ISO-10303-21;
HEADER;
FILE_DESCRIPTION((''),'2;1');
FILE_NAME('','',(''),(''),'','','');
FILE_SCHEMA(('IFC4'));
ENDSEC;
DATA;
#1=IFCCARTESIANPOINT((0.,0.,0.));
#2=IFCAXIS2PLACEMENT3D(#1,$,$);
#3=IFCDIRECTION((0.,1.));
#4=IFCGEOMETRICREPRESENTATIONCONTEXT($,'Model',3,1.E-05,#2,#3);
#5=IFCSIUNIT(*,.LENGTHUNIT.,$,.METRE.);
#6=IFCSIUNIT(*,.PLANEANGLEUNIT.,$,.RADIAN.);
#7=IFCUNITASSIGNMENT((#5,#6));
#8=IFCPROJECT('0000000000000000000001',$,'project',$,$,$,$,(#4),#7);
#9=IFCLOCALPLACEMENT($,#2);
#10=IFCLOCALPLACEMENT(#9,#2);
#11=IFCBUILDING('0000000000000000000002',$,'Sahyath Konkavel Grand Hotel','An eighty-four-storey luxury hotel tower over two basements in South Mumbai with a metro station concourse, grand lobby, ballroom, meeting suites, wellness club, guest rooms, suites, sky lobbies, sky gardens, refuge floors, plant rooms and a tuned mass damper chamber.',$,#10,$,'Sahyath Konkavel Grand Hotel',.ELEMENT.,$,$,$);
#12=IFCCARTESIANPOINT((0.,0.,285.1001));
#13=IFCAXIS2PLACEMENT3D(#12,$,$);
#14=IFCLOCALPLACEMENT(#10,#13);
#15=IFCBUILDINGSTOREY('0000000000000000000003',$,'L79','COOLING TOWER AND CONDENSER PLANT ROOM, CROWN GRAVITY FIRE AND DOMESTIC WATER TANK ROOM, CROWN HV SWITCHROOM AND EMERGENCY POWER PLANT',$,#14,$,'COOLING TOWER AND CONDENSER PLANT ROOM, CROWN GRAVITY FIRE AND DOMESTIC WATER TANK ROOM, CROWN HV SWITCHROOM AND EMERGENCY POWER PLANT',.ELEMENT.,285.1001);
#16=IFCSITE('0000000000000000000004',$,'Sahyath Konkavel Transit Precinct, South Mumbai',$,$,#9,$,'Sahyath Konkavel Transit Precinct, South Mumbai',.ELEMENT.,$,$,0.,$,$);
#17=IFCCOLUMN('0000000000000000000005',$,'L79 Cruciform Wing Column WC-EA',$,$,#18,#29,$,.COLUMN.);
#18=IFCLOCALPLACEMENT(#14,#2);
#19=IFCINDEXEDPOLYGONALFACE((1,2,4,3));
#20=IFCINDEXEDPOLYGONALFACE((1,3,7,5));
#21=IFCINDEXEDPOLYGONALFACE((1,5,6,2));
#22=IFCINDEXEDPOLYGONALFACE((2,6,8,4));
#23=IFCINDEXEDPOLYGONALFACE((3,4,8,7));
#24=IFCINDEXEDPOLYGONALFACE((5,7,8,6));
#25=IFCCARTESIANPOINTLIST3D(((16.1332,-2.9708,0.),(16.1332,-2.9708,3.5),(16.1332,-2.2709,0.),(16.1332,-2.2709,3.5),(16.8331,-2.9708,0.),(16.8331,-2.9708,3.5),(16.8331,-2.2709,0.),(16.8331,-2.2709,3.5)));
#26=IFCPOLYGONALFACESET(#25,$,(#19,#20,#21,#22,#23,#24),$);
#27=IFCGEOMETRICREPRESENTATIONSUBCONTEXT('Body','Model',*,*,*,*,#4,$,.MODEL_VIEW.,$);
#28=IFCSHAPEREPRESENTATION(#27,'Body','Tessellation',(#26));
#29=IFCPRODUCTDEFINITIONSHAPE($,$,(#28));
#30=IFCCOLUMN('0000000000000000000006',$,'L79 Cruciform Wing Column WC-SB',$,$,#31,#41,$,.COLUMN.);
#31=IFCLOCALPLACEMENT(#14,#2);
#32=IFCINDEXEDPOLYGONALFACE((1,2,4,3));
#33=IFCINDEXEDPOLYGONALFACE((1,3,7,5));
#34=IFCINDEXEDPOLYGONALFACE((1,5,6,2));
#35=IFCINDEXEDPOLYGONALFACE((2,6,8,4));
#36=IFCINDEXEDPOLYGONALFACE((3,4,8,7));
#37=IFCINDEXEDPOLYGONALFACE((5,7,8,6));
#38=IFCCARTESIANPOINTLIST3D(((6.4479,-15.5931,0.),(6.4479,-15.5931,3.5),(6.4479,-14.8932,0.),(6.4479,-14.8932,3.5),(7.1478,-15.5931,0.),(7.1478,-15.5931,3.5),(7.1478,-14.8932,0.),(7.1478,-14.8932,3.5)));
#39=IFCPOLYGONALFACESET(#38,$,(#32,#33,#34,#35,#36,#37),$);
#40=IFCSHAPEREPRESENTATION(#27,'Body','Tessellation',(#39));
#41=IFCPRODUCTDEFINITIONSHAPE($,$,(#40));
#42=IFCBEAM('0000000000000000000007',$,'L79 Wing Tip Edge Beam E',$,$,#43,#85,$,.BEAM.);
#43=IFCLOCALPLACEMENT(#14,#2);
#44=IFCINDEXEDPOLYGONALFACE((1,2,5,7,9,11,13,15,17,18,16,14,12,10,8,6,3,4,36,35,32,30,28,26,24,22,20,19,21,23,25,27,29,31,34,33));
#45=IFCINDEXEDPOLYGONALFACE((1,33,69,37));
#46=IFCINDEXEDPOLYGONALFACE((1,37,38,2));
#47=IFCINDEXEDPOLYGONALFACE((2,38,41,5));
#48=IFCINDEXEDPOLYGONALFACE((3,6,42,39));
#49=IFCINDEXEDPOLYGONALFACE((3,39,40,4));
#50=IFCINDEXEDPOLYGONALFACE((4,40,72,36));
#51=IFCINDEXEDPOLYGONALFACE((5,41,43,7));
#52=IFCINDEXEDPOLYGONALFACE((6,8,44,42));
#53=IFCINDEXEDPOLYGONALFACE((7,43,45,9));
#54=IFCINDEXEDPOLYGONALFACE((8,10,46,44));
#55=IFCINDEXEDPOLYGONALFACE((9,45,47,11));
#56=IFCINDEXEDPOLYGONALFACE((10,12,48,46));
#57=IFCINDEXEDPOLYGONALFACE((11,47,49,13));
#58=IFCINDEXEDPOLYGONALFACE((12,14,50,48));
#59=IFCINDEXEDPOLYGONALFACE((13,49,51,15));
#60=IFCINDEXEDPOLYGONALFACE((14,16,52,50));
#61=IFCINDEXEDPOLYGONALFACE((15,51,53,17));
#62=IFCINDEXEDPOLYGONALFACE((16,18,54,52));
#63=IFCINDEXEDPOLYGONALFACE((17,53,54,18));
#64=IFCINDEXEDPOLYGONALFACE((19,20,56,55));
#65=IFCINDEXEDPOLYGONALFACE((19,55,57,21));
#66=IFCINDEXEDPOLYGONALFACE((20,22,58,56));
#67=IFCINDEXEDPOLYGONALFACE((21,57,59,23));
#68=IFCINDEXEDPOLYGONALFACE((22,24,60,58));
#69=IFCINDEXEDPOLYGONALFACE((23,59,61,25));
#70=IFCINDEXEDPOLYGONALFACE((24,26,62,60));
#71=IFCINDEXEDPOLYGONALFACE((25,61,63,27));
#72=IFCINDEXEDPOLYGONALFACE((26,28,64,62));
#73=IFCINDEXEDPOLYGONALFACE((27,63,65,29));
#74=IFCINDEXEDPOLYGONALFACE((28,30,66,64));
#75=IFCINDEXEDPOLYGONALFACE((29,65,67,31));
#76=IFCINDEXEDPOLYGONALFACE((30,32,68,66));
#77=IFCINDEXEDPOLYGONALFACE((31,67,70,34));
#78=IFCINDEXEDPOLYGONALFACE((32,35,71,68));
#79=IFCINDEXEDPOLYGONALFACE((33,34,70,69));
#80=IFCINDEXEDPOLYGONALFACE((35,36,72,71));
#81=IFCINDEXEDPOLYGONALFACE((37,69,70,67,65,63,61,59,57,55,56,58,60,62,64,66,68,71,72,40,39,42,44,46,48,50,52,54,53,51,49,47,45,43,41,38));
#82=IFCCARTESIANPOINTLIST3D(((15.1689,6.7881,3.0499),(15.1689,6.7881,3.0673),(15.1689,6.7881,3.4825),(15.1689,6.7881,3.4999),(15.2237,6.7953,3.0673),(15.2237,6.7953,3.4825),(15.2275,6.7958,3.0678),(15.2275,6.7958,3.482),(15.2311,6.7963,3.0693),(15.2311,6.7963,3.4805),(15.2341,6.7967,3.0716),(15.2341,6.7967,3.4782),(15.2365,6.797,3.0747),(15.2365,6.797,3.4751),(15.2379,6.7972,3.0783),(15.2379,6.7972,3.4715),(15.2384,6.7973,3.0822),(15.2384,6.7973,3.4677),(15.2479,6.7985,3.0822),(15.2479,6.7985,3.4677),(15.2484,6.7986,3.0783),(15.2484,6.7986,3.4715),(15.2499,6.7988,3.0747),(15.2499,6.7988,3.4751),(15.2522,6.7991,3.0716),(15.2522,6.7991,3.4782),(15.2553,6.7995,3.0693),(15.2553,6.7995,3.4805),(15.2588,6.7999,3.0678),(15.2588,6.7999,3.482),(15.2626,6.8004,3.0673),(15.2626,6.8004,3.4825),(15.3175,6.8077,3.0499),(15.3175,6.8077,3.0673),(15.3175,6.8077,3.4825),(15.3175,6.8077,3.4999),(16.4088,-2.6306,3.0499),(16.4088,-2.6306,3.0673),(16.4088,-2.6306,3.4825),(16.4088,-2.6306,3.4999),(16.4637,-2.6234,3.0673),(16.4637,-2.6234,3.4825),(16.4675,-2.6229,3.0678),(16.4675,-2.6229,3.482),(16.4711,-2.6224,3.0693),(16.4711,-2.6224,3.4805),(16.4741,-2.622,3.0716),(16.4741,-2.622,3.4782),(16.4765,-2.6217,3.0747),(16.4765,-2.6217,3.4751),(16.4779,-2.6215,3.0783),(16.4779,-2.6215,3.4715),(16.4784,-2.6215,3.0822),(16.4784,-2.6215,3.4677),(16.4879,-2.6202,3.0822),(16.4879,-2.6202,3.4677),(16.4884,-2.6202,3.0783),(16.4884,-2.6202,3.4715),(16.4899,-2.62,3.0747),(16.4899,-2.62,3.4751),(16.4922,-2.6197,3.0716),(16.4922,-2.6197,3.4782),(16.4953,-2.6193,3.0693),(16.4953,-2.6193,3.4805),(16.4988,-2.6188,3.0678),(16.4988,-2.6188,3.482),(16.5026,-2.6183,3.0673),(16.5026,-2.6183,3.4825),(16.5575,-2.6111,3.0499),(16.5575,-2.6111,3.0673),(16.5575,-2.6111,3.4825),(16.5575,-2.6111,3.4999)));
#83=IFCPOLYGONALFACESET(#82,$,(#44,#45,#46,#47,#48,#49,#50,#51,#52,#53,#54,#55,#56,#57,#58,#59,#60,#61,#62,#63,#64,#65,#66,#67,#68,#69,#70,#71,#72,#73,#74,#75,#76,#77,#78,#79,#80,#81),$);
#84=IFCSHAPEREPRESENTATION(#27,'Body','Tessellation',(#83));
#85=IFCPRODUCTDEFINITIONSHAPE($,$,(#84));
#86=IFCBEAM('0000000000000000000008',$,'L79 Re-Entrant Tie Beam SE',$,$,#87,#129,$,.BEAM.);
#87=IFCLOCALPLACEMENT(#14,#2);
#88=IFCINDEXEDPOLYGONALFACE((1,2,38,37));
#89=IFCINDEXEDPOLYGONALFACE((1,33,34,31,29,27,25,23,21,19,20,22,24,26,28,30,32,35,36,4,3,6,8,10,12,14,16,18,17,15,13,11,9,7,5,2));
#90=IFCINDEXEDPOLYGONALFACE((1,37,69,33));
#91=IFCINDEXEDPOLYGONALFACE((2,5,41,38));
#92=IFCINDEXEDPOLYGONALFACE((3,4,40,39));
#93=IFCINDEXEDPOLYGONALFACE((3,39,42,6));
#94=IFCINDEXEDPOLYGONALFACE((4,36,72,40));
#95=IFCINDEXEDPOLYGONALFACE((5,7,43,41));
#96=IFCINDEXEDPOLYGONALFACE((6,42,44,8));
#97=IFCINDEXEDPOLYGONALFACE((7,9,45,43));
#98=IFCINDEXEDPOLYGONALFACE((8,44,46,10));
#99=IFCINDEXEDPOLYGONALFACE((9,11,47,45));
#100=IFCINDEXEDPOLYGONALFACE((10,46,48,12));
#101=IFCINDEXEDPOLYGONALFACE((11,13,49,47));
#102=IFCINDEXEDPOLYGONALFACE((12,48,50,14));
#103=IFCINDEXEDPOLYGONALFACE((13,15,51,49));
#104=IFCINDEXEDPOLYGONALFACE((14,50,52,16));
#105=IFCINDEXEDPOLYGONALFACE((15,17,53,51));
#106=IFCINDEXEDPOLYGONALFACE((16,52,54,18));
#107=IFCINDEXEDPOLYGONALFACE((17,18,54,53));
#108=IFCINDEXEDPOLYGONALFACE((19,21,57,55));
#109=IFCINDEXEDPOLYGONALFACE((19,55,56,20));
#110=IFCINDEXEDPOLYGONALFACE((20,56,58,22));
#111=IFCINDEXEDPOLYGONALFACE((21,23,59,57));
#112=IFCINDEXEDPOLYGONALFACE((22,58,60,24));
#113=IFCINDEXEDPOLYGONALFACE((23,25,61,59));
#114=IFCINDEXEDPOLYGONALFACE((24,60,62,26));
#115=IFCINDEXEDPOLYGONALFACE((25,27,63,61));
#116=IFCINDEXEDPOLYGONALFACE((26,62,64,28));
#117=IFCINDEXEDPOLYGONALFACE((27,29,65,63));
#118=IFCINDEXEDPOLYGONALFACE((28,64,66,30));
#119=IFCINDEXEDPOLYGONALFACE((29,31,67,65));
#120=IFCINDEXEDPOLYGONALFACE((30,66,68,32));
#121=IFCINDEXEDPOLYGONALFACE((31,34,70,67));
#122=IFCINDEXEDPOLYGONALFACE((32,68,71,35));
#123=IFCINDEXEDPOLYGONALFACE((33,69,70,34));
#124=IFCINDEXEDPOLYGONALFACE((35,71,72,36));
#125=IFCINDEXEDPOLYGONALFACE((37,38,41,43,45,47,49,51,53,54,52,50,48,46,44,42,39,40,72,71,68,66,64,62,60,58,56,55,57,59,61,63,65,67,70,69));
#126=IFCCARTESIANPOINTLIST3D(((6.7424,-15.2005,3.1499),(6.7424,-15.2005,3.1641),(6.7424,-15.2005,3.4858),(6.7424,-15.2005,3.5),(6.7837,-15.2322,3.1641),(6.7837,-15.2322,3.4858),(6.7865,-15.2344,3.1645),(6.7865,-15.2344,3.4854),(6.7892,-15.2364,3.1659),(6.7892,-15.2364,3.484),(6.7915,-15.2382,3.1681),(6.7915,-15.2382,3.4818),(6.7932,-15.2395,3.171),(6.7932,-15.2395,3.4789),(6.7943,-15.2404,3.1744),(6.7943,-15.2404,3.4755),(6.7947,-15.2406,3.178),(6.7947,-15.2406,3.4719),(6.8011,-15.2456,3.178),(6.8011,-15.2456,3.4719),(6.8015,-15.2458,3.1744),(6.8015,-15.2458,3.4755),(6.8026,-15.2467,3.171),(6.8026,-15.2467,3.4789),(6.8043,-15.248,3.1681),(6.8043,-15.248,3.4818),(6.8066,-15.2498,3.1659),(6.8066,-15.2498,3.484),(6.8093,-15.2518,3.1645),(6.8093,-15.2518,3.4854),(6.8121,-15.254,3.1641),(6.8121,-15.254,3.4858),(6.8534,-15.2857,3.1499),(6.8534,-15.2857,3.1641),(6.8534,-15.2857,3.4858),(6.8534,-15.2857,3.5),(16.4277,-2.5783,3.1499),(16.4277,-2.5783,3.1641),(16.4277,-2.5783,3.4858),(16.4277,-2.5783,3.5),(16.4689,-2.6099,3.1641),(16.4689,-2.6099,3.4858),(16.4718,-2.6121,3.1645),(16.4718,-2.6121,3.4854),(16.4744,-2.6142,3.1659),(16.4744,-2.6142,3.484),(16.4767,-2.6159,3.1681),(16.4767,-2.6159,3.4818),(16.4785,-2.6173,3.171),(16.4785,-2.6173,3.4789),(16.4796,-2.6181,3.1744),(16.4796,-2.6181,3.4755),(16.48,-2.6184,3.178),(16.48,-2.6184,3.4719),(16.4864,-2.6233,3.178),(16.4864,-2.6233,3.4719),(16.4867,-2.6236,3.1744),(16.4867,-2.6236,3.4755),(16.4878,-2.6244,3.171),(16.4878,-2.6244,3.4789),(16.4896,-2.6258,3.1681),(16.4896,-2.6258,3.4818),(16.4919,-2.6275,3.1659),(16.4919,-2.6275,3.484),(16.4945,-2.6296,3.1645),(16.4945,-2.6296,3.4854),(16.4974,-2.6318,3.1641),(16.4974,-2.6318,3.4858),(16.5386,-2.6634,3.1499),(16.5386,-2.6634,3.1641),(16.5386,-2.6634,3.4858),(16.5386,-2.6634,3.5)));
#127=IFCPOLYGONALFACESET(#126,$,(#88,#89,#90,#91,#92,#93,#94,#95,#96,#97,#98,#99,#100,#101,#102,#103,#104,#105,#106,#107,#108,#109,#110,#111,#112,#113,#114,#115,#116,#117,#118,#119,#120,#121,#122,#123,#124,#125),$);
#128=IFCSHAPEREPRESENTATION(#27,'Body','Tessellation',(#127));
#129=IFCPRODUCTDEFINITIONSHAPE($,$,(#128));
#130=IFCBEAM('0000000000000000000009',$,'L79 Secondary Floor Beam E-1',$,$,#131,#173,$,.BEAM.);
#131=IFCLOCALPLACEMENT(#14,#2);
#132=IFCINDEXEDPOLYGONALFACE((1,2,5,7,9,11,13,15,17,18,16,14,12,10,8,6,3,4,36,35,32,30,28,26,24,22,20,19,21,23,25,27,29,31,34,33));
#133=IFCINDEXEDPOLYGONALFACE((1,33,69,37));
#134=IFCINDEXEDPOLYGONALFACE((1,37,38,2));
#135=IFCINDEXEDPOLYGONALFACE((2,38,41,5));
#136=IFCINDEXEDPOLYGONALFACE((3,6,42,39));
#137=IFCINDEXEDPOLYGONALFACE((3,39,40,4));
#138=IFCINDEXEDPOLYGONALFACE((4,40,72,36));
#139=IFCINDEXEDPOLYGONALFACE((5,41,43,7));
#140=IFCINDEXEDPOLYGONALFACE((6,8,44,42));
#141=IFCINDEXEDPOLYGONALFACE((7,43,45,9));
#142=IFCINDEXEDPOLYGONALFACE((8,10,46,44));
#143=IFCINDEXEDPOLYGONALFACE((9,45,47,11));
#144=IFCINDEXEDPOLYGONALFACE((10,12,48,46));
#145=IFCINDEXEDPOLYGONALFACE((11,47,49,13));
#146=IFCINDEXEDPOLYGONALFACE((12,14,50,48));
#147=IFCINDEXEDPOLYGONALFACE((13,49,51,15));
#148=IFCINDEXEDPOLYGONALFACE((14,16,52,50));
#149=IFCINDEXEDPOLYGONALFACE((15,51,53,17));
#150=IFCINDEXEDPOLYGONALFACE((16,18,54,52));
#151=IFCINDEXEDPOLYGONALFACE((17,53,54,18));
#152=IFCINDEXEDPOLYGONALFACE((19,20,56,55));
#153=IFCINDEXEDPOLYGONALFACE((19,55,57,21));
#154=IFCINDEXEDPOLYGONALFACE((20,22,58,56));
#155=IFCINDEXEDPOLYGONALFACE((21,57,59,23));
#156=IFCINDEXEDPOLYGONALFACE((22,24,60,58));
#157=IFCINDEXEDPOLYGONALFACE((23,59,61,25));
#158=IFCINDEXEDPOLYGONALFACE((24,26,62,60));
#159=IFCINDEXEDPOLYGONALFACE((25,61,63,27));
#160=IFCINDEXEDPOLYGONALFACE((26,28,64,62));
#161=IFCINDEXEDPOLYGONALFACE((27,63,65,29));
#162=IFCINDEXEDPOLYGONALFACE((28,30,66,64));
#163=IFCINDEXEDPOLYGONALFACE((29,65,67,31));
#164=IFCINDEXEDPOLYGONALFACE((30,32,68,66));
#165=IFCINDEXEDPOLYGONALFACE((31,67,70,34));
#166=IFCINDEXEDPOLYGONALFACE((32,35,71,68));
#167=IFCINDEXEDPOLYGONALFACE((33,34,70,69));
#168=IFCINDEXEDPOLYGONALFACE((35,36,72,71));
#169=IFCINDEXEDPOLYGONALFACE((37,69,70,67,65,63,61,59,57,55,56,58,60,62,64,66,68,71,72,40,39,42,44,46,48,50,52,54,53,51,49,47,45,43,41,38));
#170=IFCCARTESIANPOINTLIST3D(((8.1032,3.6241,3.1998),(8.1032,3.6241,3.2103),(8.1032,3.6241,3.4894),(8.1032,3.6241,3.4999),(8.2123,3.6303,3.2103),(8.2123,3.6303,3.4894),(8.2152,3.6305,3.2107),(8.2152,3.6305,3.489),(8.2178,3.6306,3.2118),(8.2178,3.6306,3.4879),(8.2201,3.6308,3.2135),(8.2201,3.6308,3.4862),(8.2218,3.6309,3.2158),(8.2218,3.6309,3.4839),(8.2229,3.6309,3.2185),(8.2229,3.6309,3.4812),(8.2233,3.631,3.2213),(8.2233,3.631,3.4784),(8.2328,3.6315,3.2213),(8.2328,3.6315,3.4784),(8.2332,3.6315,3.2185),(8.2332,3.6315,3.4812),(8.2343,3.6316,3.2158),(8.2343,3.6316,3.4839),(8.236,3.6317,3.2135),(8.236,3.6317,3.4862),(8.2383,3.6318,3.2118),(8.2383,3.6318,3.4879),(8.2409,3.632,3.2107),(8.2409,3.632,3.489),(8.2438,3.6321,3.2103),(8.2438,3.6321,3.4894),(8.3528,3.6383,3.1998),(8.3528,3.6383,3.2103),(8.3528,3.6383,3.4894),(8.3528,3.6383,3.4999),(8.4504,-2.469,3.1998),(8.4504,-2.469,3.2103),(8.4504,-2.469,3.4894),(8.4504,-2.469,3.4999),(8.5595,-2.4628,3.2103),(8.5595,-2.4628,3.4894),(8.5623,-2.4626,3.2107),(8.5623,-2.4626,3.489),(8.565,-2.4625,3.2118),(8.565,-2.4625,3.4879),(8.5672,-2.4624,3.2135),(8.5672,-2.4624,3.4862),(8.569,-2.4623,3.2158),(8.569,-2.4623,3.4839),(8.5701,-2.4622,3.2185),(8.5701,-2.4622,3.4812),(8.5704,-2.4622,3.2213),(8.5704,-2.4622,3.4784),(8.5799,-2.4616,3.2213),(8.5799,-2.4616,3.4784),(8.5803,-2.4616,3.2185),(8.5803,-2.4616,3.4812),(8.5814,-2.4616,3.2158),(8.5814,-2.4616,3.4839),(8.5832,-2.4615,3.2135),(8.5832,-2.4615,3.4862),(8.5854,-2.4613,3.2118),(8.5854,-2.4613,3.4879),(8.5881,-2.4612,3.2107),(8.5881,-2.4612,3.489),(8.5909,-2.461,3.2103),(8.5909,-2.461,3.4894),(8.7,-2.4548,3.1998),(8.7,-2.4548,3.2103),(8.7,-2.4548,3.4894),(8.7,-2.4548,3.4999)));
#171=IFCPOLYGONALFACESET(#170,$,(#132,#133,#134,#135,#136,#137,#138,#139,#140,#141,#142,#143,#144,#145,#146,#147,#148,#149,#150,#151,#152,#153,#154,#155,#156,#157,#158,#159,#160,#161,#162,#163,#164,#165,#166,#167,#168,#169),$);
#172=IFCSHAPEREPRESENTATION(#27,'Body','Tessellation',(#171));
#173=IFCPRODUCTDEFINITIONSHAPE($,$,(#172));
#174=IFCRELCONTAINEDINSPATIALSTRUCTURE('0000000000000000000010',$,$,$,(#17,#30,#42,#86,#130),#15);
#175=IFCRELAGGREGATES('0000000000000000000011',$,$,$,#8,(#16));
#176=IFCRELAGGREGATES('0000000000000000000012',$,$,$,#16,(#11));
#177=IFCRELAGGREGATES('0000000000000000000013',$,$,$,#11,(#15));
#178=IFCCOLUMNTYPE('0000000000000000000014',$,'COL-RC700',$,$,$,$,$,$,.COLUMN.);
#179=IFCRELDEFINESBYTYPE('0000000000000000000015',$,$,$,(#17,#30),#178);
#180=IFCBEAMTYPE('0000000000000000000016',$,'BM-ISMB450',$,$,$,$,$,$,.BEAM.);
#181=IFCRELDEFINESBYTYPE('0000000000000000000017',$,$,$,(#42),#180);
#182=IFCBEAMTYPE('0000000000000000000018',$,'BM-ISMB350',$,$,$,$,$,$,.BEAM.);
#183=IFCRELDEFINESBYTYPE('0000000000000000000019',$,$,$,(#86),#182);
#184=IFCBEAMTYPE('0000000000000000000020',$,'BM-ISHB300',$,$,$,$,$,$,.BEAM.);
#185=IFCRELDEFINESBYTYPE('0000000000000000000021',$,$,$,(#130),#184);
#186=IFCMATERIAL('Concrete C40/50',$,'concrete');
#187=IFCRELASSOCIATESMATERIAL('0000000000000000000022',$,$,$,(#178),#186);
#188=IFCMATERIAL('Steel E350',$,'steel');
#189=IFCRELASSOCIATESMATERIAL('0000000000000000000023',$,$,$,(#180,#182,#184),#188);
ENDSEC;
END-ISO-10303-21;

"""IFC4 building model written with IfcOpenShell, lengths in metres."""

from ifc_helpers import new_model, si_unit, direction, frame, origin, origin_2d, place, context, subcontext, project, spatial, rectangle, i_section, extrude, source, transform, mapped, material, material_profile, profile_set, type_object, element, save


model = new_model("IFC4")

# Units and contexts
model_context = context("Model", 3, precision=1e-05, world=origin(), true_north=direction((0.0, 1.0)))
body_context = subcontext(model_context, "Body", "Model", "MODEL_VIEW")
ifc_project = project(units=[si_unit("LENGTHUNIT", "METRE"), si_unit("PLANEANGLEUNIT", "RADIAN")], contexts=[model_context])

# Site, building, storey
site_placement = place(None, origin())
site = spatial("IfcSite", under=ifc_project, at=site_placement, Name="Sahyath Konkavel Transit Precinct, South Mumbai", LongName="Sahyath Konkavel Transit Precinct, South Mumbai", CompositionType="ELEMENT", RefElevation=0.0)
building_placement = place(site_placement, origin())
building = spatial("IfcBuilding", under=site, at=building_placement, Name="Sahyath Konkavel Grand Hotel", Description="An eighty-four-storey luxury hotel tower over two basements in South Mumbai with a metro station concourse, grand lobby, ballroom, meeting suites, wellness club, guest rooms, suites, sky lobbies, sky gardens, refuge floors, plant rooms and a tuned mass damper chamber.", LongName="Sahyath Konkavel Grand Hotel", CompositionType="ELEMENT")
storey_placement = place(building_placement, frame((0.0, 0.0, 285.1001)))
storey = spatial("IfcBuildingStorey", under=building, at=storey_placement, Name="L79", Description="COOLING TOWER AND CONDENSER PLANT ROOM, CROWN GRAVITY FIRE AND DOMESTIC WATER TANK ROOM, CROWN HV SWITCHROOM AND EMERGENCY POWER PLANT", LongName="COOLING TOWER AND CONDENSER PLANT ROOM, CROWN GRAVITY FIRE AND DOMESTIC WATER TANK ROOM, CROWN HV SWITCHROOM AND EMERGENCY POWER PLANT", CompositionType="ELEMENT", Elevation=285.1001)

# Columns
ifc_material_1 = material(Name="Concrete C40/50", Category="concrete")
ifc_material_profile_1 = material_profile(ifc_material_1, rectangle(XDim=0.7, YDim=0.7, at=origin_2d()), Name="RC 700x700")
ifc_profile_set_1 = profile_set([ifc_material_profile_1], Name="Concrete C40/50")
column_type = type_object("IfcColumnType", Name="COL-RC700", PredefinedType="COLUMN", material=ifc_profile_set_1)
shared_shape_1 = source(origin(), body_context, "Body", "SweptSolid", [
    extrude(rectangle(XDim=0.7, YDim=0.7, at=origin_2d()), origin(), (0.0, 0.0, 1.0), 3.5),
])
for number, where, z_axis, x_axis, name in (
    (1, (16.4832, -2.6208, 0.0), (0.0, 0.0, 1.0), (1.0, 0.0, 0.0), "L79 Cruciform Wing Column WC-EA"),
    (2, (6.7979, -15.2432, 0.0), (0.0, 0.0, 1.0), (1.0, 0.0, 0.0), "L79 Cruciform Wing Column WC-SB"),
):
    element("IfcColumn", number, at=place(storey_placement, frame(where, z_axis=z_axis, x_axis=x_axis)), inside=storey, type_object=column_type, Name=name, PredefinedType="COLUMN", context=body_context, shape_type="MappedRepresentation", body=[
        mapped(shared_shape_1, transform((0.0, 0.0, 0.0), scale=1.0)),
    ])

# Beams
ifc_material_2 = material(Name="Steel E350", Category="steel")
ifc_material_profile_2 = material_profile(ifc_material_2, i_section(OverallWidth=0.1499, OverallDepth=0.45, WebThickness=0.0095, FlangeThickness=0.0173, FilletRadius=0.0149, at=origin_2d()), Name="ISMB 450")
ifc_profile_set_2 = profile_set([ifc_material_profile_2], Name="Steel E350")
beam_type_1 = type_object("IfcBeamType", Name="BM-ISMB450", PredefinedType="BEAM", material=ifc_profile_set_2)
shared_shape_2 = source(origin(), body_context, "Body", "SweptSolid", [
    extrude(i_section(OverallWidth=0.1499, OverallDepth=0.45, WebThickness=0.0095, FlangeThickness=0.0173, FilletRadius=0.0149, at=origin_2d()), origin(), (0.0, 0.0, 1.0), 9.5),
])
beam_1_placement = place(storey_placement, frame((16.4832, -2.6208, 3.2749), z_axis=(-0.130526, 0.991445, 0.0), x_axis=(-0.991445, -0.130526, 0.0)))
element("IfcBeam", 3, at=beam_1_placement, inside=storey, type_object=beam_type_1, Name="L79 Wing Tip Edge Beam E", PredefinedType="BEAM", context=body_context, shape_type="MappedRepresentation", body=[
    mapped(shared_shape_2, transform((0.0, 0.0, 0.0), scale=1.0)),
])
ifc_material_profile_3 = material_profile(ifc_material_2, i_section(OverallWidth=0.1399, OverallDepth=0.3501, WebThickness=0.0081, FlangeThickness=0.0142, FilletRadius=0.0139, at=origin_2d()), Name="ISMB 350")
ifc_profile_set_3 = profile_set([ifc_material_profile_3], Name="Steel E350")
beam_type_2 = type_object("IfcBeamType", Name="BM-ISMB350", PredefinedType="BEAM", material=ifc_profile_set_3)
shared_shape_3 = source(origin(), body_context, "Body", "SweptSolid", [
    extrude(i_section(OverallWidth=0.1399, OverallDepth=0.3501, WebThickness=0.0081, FlangeThickness=0.0142, FilletRadius=0.0139, at=origin_2d()), origin(), (0.0, 0.0, 1.0), 15.9099),
])
beam_2_placement = place(storey_placement, frame((16.4832, -2.6208, 3.325), z_axis=(-0.608756, -0.793358, 0.0), x_axis=(0.793358, -0.608756, 0.0)))
element("IfcBeam", 4, at=beam_2_placement, inside=storey, type_object=beam_type_2, Name="L79 Re-Entrant Tie Beam SE", PredefinedType="BEAM", context=body_context, shape_type="MappedRepresentation", body=[
    mapped(shared_shape_3, transform((0.0, 0.0, 0.0), scale=1.0)),
])
ifc_material_profile_4 = material_profile(ifc_material_2, i_section(OverallWidth=0.25, OverallDepth=0.3, WebThickness=0.0095, FlangeThickness=0.0105, FilletRadius=0.011, at=origin_2d()), Name="ISHB 300")
ifc_profile_set_4 = profile_set([ifc_material_profile_4], Name="Steel E350")
beam_type_3 = type_object("IfcBeamType", Name="BM-ISHB300", PredefinedType="BEAM", material=ifc_profile_set_4)
shared_shape_4 = source(origin(), body_context, "Body", "SweptSolid", [
    extrude(i_section(OverallWidth=0.25, OverallDepth=0.3, WebThickness=0.0095, FlangeThickness=0.0105, FilletRadius=0.011, at=origin_2d()), origin(), (0.0, 0.0, 1.0), 6.103),
])
beam_3_placement = place(storey_placement, frame((8.5752, -2.4619, 3.3499), z_axis=(-0.056883, 0.998381, 0.0), x_axis=(-0.998381, -0.056883, 0.0)))
element("IfcBeam", 5, at=beam_3_placement, inside=storey, type_object=beam_type_3, Name="L79 Secondary Floor Beam E-1", PredefinedType="BEAM", context=body_context, shape_type="MappedRepresentation", body=[
    mapped(shared_shape_4, transform((0.0, 0.0, 0.0), scale=1.0)),
])

save(model, "model.ifc")
